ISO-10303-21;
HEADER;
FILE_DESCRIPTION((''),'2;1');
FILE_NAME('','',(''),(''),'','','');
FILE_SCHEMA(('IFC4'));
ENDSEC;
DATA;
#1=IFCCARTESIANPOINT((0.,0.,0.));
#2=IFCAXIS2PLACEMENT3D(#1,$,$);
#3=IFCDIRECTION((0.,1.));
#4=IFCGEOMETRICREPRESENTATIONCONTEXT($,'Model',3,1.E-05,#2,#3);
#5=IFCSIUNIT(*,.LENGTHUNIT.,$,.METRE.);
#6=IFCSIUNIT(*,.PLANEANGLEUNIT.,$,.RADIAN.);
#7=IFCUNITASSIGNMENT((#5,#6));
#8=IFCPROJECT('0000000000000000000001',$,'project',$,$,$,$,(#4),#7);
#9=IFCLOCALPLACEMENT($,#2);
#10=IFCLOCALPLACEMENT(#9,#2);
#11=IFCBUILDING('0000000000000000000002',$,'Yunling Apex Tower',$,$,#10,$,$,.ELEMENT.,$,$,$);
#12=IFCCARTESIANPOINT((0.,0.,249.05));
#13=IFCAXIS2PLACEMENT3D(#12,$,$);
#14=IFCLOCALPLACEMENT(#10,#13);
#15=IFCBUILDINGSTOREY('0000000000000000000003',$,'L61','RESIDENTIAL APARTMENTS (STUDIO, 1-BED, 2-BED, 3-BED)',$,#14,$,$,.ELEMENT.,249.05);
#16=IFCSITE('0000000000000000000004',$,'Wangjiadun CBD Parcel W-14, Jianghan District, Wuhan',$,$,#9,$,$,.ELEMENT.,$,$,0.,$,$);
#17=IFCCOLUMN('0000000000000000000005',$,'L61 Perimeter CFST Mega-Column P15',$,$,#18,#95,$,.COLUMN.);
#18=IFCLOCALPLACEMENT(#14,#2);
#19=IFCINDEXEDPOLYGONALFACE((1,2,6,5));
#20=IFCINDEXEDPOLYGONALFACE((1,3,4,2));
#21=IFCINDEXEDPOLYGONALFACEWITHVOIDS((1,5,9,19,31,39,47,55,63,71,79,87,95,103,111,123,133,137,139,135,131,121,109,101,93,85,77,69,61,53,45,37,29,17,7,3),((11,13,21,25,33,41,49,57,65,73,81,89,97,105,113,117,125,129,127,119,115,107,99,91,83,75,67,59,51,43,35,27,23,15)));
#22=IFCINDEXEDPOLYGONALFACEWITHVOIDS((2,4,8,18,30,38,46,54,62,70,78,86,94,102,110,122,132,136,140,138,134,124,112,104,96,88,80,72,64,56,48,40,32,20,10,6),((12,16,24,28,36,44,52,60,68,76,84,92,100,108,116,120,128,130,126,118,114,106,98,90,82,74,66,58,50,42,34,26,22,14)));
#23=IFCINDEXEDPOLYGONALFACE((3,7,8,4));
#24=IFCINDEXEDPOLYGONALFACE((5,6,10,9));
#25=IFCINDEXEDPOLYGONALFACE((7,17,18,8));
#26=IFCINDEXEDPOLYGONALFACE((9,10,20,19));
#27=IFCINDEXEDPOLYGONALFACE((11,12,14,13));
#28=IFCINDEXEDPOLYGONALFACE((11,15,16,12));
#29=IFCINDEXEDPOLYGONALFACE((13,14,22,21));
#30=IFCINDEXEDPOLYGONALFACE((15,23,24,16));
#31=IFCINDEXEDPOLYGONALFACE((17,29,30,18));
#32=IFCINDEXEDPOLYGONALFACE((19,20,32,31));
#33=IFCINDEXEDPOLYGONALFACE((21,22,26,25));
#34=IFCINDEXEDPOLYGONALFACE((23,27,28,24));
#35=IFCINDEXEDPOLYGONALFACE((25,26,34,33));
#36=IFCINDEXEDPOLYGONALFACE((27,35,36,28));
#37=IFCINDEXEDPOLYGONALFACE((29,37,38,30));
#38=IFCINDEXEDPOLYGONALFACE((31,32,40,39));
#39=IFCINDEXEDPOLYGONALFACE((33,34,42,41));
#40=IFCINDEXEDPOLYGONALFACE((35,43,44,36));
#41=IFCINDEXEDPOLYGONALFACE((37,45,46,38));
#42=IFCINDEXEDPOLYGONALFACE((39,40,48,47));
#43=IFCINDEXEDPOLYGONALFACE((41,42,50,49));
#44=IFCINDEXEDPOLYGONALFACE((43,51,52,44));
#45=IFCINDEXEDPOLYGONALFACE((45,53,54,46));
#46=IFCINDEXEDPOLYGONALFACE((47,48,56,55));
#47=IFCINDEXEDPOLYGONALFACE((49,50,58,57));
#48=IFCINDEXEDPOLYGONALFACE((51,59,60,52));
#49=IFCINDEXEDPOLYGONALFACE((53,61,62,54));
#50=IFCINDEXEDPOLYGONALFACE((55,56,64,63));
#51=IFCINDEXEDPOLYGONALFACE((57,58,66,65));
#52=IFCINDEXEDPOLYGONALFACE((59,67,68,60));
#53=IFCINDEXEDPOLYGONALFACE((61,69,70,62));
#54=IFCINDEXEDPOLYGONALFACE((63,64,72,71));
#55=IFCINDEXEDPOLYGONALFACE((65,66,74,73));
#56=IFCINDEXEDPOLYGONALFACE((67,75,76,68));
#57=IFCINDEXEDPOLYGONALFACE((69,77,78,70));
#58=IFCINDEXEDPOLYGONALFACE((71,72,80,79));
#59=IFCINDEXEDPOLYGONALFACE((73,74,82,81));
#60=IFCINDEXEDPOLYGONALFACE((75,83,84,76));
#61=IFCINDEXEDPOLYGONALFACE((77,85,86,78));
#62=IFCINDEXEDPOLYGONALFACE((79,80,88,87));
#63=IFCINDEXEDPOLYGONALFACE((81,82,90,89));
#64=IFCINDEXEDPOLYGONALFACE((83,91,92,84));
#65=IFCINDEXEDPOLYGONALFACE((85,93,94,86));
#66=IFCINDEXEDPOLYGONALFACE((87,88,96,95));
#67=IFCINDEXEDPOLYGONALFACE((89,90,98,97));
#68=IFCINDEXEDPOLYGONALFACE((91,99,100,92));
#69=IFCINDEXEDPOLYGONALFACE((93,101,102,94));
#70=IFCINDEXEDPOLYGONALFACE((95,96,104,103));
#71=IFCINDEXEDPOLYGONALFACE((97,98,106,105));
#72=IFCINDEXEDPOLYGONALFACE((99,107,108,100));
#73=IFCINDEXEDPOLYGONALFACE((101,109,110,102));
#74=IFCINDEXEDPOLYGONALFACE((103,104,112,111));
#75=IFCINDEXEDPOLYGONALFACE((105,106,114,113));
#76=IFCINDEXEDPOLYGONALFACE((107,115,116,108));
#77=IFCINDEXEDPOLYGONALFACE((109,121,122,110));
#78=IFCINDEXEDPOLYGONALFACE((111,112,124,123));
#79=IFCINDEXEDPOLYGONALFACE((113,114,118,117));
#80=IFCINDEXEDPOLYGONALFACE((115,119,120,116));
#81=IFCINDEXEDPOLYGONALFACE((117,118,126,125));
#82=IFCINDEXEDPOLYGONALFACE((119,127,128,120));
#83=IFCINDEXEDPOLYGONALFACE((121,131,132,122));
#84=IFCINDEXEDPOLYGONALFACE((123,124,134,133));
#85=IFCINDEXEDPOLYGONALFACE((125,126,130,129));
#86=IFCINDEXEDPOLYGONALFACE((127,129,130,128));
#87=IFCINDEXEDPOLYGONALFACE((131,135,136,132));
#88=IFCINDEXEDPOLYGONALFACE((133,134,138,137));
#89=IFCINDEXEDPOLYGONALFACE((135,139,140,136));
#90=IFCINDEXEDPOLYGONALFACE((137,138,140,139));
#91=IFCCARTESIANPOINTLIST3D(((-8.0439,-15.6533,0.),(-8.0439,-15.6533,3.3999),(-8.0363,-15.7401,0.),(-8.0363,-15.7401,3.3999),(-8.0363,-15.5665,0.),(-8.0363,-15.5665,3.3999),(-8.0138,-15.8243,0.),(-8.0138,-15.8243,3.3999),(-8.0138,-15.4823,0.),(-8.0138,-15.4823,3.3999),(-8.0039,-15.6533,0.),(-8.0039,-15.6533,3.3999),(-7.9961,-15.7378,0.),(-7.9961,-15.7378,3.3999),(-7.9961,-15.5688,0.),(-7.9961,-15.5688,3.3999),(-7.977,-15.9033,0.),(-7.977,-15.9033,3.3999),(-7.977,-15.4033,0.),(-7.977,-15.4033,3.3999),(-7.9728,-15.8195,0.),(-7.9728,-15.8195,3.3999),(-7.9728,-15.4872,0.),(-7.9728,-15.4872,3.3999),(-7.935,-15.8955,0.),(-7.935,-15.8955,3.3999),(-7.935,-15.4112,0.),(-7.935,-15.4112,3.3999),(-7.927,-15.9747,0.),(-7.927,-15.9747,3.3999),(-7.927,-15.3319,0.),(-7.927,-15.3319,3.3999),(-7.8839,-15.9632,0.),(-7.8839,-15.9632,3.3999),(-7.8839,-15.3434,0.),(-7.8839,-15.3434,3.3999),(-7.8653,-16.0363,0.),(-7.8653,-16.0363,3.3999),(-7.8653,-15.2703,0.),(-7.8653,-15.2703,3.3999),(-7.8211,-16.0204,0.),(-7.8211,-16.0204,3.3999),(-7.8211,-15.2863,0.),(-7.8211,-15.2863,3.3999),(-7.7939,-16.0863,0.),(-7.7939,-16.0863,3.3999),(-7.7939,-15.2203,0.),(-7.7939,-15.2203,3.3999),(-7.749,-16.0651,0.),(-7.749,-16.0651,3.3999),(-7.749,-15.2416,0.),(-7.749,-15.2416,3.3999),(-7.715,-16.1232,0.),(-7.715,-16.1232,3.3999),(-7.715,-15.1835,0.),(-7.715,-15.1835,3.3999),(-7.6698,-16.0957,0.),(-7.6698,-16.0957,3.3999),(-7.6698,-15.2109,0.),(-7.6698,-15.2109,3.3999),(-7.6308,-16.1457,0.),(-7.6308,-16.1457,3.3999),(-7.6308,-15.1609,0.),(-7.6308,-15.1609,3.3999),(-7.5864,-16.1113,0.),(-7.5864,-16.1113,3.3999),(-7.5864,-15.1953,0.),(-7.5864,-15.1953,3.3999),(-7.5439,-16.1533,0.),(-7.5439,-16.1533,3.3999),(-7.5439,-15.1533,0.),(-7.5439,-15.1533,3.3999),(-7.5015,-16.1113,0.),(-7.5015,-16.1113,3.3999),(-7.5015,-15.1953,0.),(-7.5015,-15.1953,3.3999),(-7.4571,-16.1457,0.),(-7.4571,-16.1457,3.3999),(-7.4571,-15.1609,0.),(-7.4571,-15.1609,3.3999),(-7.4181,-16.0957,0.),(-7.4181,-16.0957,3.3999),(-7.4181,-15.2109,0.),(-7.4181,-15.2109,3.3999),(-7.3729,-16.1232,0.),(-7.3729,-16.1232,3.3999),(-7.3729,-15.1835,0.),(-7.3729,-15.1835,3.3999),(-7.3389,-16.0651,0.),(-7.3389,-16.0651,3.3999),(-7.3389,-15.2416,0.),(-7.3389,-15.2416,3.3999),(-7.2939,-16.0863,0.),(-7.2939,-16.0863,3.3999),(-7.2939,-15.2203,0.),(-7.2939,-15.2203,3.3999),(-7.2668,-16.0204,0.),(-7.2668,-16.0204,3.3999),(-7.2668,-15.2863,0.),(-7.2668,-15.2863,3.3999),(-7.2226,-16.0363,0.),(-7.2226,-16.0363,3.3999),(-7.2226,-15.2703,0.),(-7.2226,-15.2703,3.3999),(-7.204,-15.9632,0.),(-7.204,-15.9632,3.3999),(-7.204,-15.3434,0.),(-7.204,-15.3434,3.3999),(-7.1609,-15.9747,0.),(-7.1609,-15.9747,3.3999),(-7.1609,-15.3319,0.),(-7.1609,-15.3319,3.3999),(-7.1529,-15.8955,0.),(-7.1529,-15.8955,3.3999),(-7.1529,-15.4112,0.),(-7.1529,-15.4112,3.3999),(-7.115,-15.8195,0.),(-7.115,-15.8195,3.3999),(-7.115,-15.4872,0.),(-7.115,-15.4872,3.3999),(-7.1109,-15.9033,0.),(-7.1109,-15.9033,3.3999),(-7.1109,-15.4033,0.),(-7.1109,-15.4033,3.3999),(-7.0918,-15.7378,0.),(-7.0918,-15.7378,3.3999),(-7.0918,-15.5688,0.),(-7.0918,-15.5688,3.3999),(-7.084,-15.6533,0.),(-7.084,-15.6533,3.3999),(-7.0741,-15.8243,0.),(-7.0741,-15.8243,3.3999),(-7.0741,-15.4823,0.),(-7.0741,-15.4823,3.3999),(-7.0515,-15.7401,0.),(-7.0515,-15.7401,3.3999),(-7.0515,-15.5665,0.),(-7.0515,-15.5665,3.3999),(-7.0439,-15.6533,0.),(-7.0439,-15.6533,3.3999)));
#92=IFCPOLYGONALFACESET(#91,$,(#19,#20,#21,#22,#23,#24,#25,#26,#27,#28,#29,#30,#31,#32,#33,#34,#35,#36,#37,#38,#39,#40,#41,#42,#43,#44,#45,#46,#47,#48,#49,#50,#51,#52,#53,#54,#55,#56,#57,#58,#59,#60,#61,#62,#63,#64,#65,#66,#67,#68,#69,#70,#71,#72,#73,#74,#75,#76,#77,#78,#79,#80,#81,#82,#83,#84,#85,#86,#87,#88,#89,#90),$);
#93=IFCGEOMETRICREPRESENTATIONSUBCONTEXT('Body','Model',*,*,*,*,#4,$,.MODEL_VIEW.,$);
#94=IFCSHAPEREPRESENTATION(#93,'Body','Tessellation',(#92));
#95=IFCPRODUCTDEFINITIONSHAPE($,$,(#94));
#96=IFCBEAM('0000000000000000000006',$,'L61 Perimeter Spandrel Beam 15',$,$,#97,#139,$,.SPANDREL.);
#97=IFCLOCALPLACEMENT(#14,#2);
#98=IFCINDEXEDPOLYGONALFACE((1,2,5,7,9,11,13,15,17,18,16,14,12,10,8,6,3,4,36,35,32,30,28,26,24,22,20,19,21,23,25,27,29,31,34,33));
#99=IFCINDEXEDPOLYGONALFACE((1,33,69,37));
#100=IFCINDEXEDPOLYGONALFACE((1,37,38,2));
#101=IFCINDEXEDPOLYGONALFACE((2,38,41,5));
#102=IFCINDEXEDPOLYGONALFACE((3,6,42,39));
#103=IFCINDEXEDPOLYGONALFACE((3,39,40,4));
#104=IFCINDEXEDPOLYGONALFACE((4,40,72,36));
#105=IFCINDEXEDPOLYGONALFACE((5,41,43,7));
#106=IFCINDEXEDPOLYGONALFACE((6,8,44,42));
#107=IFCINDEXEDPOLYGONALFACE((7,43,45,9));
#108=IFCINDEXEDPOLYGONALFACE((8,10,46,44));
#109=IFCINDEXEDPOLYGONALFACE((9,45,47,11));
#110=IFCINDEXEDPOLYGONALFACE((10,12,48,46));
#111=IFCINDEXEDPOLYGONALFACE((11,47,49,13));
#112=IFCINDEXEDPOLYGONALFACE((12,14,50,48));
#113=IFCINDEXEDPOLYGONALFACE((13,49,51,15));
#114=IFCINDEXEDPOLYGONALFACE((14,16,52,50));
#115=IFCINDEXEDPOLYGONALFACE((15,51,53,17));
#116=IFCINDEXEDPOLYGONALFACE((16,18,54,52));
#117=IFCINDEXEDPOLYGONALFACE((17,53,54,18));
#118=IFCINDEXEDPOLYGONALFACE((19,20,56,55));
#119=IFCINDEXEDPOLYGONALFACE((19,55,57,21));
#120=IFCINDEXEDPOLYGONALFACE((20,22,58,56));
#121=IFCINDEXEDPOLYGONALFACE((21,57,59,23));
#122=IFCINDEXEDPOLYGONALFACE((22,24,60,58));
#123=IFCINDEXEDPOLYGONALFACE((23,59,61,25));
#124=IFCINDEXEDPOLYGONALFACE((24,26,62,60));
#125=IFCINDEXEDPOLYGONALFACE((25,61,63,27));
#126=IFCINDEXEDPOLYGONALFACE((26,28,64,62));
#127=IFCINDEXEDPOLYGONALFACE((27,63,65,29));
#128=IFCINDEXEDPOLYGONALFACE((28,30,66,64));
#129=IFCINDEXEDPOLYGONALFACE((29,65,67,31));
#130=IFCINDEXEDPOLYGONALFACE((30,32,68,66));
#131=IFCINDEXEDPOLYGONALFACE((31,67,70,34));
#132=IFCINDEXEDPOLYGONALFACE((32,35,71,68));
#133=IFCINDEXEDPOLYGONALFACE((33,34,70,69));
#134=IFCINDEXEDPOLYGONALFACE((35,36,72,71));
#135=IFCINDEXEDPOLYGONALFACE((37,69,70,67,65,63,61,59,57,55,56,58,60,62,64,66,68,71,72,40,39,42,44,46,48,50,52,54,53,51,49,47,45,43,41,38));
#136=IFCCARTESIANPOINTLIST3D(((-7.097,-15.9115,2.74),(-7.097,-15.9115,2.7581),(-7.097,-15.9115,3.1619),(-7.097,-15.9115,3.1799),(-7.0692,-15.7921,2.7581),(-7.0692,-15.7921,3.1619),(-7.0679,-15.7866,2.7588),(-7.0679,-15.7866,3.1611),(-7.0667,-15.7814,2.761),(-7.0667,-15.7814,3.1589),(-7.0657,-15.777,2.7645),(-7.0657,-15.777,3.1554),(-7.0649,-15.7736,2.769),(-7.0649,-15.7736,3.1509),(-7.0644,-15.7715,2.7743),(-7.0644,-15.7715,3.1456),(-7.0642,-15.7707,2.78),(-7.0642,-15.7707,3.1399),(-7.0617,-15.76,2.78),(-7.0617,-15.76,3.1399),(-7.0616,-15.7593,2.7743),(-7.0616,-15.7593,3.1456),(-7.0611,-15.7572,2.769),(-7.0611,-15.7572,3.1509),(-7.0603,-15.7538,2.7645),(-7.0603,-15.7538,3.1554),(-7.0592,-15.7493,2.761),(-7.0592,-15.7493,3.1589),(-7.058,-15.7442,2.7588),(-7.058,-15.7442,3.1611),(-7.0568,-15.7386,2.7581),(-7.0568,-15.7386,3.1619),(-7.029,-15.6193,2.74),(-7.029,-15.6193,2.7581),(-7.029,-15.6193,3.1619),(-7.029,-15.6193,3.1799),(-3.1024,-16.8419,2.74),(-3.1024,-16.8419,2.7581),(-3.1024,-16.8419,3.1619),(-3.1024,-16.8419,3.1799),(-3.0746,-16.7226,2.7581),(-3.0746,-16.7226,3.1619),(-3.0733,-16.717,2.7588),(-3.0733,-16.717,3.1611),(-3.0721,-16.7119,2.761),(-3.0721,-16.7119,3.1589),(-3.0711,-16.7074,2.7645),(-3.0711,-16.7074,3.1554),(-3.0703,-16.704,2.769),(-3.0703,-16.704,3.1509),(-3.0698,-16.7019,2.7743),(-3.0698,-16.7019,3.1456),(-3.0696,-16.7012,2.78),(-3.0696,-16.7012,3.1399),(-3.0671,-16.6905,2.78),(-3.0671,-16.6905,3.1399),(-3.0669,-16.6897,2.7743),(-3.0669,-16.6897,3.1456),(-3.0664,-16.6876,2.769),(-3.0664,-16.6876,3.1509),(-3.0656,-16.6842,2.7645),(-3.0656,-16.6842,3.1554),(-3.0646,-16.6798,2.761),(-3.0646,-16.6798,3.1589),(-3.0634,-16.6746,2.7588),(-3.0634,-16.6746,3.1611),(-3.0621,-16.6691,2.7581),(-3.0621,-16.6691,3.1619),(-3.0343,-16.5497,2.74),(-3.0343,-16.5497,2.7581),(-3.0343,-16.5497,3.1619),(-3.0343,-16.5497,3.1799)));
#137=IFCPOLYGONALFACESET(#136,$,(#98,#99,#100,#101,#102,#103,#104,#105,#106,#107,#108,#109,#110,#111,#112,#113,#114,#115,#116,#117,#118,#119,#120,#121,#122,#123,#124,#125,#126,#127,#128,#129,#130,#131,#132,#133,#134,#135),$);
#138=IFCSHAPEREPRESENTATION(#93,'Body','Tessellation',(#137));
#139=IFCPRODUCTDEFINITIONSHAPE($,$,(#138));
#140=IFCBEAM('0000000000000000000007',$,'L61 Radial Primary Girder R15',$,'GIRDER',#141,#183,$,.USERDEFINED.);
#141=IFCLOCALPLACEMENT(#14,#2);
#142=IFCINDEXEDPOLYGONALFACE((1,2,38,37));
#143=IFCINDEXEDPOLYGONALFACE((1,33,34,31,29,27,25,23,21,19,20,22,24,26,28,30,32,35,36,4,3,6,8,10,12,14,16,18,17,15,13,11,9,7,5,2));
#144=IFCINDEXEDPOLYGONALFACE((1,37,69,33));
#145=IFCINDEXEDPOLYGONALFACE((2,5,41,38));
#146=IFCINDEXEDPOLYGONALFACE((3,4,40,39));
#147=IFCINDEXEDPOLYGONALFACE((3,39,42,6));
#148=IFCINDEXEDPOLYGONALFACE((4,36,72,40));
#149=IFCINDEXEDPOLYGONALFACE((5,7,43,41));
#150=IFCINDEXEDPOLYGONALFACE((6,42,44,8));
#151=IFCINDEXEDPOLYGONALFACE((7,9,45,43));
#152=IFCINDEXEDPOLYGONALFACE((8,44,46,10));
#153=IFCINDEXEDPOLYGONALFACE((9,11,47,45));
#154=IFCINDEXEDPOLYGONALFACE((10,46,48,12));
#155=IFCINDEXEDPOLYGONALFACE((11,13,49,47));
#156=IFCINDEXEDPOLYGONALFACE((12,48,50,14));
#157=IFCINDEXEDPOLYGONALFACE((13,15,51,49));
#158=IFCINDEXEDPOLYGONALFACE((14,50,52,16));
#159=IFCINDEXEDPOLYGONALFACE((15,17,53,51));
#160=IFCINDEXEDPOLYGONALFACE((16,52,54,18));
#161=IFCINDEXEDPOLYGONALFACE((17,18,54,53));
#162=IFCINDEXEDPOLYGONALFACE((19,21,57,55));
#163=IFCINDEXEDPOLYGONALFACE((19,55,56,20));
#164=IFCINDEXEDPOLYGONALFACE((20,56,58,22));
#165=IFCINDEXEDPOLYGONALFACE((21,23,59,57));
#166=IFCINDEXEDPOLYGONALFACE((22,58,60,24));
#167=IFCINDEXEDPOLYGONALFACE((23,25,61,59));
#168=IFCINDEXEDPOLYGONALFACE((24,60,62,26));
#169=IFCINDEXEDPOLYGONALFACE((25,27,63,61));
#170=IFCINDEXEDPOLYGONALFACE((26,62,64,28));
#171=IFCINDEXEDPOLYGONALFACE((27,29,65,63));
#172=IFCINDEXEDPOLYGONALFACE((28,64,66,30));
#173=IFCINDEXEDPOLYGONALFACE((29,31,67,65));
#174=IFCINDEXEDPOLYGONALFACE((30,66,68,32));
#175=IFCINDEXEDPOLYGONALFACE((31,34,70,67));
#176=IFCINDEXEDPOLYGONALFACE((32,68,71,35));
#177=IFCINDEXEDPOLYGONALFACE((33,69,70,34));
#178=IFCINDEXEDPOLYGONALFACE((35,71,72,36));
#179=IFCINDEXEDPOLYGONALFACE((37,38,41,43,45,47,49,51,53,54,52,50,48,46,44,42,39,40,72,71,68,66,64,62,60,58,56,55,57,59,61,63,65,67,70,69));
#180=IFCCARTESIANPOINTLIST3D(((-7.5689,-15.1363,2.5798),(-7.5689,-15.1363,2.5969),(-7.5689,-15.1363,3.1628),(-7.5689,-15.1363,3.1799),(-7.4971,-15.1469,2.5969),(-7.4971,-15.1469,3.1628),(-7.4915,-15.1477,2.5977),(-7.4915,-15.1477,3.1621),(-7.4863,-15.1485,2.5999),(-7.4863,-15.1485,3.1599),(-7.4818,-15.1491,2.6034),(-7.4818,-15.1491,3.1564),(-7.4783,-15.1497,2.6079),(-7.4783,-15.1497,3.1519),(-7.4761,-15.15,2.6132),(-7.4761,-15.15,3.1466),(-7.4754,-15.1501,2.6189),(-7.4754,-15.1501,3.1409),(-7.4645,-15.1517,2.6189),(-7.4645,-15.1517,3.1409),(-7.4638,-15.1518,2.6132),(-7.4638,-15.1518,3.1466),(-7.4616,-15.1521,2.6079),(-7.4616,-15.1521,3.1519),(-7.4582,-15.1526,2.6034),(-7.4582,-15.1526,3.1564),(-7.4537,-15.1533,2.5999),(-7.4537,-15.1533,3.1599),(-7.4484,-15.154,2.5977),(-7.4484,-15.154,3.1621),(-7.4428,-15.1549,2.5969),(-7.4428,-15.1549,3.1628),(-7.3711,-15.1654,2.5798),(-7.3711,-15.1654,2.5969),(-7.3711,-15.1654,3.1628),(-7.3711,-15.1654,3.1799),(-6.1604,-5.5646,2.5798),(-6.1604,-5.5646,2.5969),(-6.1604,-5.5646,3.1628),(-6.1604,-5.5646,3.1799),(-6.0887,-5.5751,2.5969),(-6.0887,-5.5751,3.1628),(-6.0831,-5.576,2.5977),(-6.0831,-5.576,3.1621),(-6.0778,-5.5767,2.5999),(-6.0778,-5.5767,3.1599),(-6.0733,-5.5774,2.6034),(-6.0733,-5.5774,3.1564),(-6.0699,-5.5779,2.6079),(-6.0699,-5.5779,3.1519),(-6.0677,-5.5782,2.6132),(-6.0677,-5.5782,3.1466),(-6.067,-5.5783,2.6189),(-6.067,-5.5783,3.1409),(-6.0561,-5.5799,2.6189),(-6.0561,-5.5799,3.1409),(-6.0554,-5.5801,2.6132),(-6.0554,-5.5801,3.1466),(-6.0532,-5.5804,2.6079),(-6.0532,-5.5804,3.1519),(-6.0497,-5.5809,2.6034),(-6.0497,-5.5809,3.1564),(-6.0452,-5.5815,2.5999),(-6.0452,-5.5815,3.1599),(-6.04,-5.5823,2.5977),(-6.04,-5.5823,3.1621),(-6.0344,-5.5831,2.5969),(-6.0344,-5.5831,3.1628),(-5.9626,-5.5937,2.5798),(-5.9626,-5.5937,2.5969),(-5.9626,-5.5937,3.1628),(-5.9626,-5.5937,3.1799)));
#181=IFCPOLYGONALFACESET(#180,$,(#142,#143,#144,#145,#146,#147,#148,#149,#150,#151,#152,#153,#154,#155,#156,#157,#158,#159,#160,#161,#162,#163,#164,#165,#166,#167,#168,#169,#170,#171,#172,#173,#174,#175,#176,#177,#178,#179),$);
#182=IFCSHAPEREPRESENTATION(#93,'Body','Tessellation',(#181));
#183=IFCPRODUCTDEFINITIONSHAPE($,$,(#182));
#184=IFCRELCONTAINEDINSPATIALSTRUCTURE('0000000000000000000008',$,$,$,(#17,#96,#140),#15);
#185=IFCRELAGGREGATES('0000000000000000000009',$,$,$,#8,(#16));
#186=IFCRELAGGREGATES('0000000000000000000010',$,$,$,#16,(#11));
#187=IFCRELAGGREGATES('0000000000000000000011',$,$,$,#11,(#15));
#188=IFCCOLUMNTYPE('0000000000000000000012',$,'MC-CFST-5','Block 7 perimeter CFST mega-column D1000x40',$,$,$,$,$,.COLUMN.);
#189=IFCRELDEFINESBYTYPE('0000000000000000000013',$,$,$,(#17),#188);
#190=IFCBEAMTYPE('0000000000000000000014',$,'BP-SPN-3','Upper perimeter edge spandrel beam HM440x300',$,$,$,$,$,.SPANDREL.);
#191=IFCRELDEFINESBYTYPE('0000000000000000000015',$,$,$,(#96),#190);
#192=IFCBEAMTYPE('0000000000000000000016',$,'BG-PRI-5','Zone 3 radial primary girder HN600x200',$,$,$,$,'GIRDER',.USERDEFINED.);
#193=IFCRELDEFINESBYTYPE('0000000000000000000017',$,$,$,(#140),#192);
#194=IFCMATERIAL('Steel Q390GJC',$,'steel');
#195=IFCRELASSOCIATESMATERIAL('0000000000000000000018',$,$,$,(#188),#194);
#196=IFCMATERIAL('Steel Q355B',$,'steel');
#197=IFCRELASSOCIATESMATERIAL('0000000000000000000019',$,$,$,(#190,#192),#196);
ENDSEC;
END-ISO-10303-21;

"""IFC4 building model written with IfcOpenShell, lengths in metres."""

from ifc_helpers import new_model, si_unit, direction, frame, origin, origin_2d, place, context, subcontext, project, spatial, hollow_circle, i_section, extrude, source, transform, mapped, material, material_profile, profile_set, type_object, element, save


model = new_model("IFC4")

# Units and contexts
model_context = context("Model", 3, precision=1e-05, world=origin(), true_north=direction((0.0, 1.0)))
body_context = subcontext(model_context, "Body", "Model", "MODEL_VIEW")
ifc_project = project(units=[si_unit("LENGTHUNIT", "METRE"), si_unit("PLANEANGLEUNIT", "RADIAN")], contexts=[model_context])

# Site, building, storey
site_placement = place(None, origin())
site = spatial("IfcSite", under=ifc_project, at=site_placement, Name="Wangjiadun CBD Parcel W-14, Jianghan District, Wuhan", CompositionType="ELEMENT", RefElevation=0.0)
building_placement = place(site_placement, origin())
building = spatial("IfcBuilding", under=site, at=building_placement, Name="Yunling Apex Tower", CompositionType="ELEMENT")
storey_placement = place(building_placement, frame((0.0, 0.0, 249.05)))
storey = spatial("IfcBuildingStorey", under=building, at=storey_placement, Name="L61", Description="RESIDENTIAL APARTMENTS (STUDIO, 1-BED, 2-BED, 3-BED)", CompositionType="ELEMENT", Elevation=249.05)

# Column
ifc_material_1 = material(Name="Steel Q390GJC", Category="steel")
ifc_material_profile_1 = material_profile(ifc_material_1, hollow_circle(Radius=0.5, WallThickness=0.04, at=origin_2d()))
ifc_profile_set_1 = profile_set([ifc_material_profile_1], Name="Steel Q390GJC")
column_type = type_object("IfcColumnType", Name="MC-CFST-5", Description="Block 7 perimeter CFST mega-column D1000x40", PredefinedType="COLUMN", material=ifc_profile_set_1)
shared_shape_1 = source(origin(), body_context, "Body", "SweptSolid", [
    extrude(hollow_circle(Radius=0.5, WallThickness=0.04, at=origin_2d()), origin(), (0.0, 0.0, 1.0), 3.3999),
])
column_placement = place(storey_placement, frame((-7.5439, -15.6533, 0.0), z_axis=(0.0, 0.0, 1.0), x_axis=(1.0, 0.0, 0.0)))
element("IfcColumn", 1, at=column_placement, inside=storey, type_object=column_type, Name="L61 Perimeter CFST Mega-Column P15", PredefinedType="COLUMN", context=body_context, shape_type="MappedRepresentation", body=[
    mapped(shared_shape_1, transform((0.0, 0.0, 0.0), scale=1.0)),
])

# Beams
ifc_material_2 = material(Name="Steel Q355B", Category="steel")
ifc_material_profile_2 = material_profile(ifc_material_2, i_section(OverallWidth=0.3, OverallDepth=0.4399, WebThickness=0.011, FlangeThickness=0.0181, FilletRadius=0.022, at=origin_2d()))
ifc_profile_set_2 = profile_set([ifc_material_profile_2], Name="Steel Q355B")
beam_type_1 = type_object("IfcBeamType", Name="BP-SPN-3", Description="Upper perimeter edge spandrel beam HM440x300", PredefinedType="SPANDREL", material=ifc_profile_set_2)
shared_shape_2 = source(origin(), body_context, "Body", "SweptSolid", [
    extrude(i_section(OverallWidth=0.3, OverallDepth=0.4399, WebThickness=0.011, FlangeThickness=0.0181, FilletRadius=0.022, at=origin_2d()), origin(), (0.0, 0.0, 1.0), 4.1016),
])
beam_1_placement = place(storey_placement, frame((-7.063, -15.7654, 2.96), z_axis=(0.973931, -0.226846, 0.0), x_axis=(0.226846, 0.973931, 0.0)))
element("IfcBeam", 2, at=beam_1_placement, inside=storey, type_object=beam_type_1, Name="L61 Perimeter Spandrel Beam 15", PredefinedType="SPANDREL", context=body_context, shape_type="MappedRepresentation", body=[
    mapped(shared_shape_2, transform((0.0, 0.0, 0.0), scale=1.0)),
])
ifc_material_profile_3 = material_profile(ifc_material_2, i_section(OverallWidth=0.2, OverallDepth=0.6001, WebThickness=0.011, FlangeThickness=0.0171, FilletRadius=0.022, at=origin_2d()))
ifc_profile_set_3 = profile_set([ifc_material_profile_3], Name="Steel Q355B")
beam_type_2 = type_object("IfcBeamType", Name="BG-PRI-5", Description="Zone 3 radial primary girder HN600x200", ElementType="GIRDER", PredefinedType="USERDEFINED", material=ifc_profile_set_3)
shared_shape_3 = source(origin(), body_context, "Body", "SweptSolid", [
    extrude(i_section(OverallWidth=0.2, OverallDepth=0.6001, WebThickness=0.011, FlangeThickness=0.0171, FilletRadius=0.022, at=origin_2d()), origin(), (0.0, 0.0, 1.0), 9.6748),
])
beam_2_placement = place(storey_placement, frame((-7.47, -15.1509, 2.8799), z_axis=(0.145578, 0.989347, 0.0), x_axis=(-0.989347, 0.145578, 0.0)))
element("IfcBeam", 3, at=beam_2_placement, inside=storey, type_object=beam_type_2, Name="L61 Radial Primary Girder R15", ObjectType="GIRDER", PredefinedType="USERDEFINED", context=body_context, shape_type="MappedRepresentation", body=[
    mapped(shared_shape_3, transform((0.0, 0.0, 0.0), scale=1.0)),
])

save(model, "model.ifc")
